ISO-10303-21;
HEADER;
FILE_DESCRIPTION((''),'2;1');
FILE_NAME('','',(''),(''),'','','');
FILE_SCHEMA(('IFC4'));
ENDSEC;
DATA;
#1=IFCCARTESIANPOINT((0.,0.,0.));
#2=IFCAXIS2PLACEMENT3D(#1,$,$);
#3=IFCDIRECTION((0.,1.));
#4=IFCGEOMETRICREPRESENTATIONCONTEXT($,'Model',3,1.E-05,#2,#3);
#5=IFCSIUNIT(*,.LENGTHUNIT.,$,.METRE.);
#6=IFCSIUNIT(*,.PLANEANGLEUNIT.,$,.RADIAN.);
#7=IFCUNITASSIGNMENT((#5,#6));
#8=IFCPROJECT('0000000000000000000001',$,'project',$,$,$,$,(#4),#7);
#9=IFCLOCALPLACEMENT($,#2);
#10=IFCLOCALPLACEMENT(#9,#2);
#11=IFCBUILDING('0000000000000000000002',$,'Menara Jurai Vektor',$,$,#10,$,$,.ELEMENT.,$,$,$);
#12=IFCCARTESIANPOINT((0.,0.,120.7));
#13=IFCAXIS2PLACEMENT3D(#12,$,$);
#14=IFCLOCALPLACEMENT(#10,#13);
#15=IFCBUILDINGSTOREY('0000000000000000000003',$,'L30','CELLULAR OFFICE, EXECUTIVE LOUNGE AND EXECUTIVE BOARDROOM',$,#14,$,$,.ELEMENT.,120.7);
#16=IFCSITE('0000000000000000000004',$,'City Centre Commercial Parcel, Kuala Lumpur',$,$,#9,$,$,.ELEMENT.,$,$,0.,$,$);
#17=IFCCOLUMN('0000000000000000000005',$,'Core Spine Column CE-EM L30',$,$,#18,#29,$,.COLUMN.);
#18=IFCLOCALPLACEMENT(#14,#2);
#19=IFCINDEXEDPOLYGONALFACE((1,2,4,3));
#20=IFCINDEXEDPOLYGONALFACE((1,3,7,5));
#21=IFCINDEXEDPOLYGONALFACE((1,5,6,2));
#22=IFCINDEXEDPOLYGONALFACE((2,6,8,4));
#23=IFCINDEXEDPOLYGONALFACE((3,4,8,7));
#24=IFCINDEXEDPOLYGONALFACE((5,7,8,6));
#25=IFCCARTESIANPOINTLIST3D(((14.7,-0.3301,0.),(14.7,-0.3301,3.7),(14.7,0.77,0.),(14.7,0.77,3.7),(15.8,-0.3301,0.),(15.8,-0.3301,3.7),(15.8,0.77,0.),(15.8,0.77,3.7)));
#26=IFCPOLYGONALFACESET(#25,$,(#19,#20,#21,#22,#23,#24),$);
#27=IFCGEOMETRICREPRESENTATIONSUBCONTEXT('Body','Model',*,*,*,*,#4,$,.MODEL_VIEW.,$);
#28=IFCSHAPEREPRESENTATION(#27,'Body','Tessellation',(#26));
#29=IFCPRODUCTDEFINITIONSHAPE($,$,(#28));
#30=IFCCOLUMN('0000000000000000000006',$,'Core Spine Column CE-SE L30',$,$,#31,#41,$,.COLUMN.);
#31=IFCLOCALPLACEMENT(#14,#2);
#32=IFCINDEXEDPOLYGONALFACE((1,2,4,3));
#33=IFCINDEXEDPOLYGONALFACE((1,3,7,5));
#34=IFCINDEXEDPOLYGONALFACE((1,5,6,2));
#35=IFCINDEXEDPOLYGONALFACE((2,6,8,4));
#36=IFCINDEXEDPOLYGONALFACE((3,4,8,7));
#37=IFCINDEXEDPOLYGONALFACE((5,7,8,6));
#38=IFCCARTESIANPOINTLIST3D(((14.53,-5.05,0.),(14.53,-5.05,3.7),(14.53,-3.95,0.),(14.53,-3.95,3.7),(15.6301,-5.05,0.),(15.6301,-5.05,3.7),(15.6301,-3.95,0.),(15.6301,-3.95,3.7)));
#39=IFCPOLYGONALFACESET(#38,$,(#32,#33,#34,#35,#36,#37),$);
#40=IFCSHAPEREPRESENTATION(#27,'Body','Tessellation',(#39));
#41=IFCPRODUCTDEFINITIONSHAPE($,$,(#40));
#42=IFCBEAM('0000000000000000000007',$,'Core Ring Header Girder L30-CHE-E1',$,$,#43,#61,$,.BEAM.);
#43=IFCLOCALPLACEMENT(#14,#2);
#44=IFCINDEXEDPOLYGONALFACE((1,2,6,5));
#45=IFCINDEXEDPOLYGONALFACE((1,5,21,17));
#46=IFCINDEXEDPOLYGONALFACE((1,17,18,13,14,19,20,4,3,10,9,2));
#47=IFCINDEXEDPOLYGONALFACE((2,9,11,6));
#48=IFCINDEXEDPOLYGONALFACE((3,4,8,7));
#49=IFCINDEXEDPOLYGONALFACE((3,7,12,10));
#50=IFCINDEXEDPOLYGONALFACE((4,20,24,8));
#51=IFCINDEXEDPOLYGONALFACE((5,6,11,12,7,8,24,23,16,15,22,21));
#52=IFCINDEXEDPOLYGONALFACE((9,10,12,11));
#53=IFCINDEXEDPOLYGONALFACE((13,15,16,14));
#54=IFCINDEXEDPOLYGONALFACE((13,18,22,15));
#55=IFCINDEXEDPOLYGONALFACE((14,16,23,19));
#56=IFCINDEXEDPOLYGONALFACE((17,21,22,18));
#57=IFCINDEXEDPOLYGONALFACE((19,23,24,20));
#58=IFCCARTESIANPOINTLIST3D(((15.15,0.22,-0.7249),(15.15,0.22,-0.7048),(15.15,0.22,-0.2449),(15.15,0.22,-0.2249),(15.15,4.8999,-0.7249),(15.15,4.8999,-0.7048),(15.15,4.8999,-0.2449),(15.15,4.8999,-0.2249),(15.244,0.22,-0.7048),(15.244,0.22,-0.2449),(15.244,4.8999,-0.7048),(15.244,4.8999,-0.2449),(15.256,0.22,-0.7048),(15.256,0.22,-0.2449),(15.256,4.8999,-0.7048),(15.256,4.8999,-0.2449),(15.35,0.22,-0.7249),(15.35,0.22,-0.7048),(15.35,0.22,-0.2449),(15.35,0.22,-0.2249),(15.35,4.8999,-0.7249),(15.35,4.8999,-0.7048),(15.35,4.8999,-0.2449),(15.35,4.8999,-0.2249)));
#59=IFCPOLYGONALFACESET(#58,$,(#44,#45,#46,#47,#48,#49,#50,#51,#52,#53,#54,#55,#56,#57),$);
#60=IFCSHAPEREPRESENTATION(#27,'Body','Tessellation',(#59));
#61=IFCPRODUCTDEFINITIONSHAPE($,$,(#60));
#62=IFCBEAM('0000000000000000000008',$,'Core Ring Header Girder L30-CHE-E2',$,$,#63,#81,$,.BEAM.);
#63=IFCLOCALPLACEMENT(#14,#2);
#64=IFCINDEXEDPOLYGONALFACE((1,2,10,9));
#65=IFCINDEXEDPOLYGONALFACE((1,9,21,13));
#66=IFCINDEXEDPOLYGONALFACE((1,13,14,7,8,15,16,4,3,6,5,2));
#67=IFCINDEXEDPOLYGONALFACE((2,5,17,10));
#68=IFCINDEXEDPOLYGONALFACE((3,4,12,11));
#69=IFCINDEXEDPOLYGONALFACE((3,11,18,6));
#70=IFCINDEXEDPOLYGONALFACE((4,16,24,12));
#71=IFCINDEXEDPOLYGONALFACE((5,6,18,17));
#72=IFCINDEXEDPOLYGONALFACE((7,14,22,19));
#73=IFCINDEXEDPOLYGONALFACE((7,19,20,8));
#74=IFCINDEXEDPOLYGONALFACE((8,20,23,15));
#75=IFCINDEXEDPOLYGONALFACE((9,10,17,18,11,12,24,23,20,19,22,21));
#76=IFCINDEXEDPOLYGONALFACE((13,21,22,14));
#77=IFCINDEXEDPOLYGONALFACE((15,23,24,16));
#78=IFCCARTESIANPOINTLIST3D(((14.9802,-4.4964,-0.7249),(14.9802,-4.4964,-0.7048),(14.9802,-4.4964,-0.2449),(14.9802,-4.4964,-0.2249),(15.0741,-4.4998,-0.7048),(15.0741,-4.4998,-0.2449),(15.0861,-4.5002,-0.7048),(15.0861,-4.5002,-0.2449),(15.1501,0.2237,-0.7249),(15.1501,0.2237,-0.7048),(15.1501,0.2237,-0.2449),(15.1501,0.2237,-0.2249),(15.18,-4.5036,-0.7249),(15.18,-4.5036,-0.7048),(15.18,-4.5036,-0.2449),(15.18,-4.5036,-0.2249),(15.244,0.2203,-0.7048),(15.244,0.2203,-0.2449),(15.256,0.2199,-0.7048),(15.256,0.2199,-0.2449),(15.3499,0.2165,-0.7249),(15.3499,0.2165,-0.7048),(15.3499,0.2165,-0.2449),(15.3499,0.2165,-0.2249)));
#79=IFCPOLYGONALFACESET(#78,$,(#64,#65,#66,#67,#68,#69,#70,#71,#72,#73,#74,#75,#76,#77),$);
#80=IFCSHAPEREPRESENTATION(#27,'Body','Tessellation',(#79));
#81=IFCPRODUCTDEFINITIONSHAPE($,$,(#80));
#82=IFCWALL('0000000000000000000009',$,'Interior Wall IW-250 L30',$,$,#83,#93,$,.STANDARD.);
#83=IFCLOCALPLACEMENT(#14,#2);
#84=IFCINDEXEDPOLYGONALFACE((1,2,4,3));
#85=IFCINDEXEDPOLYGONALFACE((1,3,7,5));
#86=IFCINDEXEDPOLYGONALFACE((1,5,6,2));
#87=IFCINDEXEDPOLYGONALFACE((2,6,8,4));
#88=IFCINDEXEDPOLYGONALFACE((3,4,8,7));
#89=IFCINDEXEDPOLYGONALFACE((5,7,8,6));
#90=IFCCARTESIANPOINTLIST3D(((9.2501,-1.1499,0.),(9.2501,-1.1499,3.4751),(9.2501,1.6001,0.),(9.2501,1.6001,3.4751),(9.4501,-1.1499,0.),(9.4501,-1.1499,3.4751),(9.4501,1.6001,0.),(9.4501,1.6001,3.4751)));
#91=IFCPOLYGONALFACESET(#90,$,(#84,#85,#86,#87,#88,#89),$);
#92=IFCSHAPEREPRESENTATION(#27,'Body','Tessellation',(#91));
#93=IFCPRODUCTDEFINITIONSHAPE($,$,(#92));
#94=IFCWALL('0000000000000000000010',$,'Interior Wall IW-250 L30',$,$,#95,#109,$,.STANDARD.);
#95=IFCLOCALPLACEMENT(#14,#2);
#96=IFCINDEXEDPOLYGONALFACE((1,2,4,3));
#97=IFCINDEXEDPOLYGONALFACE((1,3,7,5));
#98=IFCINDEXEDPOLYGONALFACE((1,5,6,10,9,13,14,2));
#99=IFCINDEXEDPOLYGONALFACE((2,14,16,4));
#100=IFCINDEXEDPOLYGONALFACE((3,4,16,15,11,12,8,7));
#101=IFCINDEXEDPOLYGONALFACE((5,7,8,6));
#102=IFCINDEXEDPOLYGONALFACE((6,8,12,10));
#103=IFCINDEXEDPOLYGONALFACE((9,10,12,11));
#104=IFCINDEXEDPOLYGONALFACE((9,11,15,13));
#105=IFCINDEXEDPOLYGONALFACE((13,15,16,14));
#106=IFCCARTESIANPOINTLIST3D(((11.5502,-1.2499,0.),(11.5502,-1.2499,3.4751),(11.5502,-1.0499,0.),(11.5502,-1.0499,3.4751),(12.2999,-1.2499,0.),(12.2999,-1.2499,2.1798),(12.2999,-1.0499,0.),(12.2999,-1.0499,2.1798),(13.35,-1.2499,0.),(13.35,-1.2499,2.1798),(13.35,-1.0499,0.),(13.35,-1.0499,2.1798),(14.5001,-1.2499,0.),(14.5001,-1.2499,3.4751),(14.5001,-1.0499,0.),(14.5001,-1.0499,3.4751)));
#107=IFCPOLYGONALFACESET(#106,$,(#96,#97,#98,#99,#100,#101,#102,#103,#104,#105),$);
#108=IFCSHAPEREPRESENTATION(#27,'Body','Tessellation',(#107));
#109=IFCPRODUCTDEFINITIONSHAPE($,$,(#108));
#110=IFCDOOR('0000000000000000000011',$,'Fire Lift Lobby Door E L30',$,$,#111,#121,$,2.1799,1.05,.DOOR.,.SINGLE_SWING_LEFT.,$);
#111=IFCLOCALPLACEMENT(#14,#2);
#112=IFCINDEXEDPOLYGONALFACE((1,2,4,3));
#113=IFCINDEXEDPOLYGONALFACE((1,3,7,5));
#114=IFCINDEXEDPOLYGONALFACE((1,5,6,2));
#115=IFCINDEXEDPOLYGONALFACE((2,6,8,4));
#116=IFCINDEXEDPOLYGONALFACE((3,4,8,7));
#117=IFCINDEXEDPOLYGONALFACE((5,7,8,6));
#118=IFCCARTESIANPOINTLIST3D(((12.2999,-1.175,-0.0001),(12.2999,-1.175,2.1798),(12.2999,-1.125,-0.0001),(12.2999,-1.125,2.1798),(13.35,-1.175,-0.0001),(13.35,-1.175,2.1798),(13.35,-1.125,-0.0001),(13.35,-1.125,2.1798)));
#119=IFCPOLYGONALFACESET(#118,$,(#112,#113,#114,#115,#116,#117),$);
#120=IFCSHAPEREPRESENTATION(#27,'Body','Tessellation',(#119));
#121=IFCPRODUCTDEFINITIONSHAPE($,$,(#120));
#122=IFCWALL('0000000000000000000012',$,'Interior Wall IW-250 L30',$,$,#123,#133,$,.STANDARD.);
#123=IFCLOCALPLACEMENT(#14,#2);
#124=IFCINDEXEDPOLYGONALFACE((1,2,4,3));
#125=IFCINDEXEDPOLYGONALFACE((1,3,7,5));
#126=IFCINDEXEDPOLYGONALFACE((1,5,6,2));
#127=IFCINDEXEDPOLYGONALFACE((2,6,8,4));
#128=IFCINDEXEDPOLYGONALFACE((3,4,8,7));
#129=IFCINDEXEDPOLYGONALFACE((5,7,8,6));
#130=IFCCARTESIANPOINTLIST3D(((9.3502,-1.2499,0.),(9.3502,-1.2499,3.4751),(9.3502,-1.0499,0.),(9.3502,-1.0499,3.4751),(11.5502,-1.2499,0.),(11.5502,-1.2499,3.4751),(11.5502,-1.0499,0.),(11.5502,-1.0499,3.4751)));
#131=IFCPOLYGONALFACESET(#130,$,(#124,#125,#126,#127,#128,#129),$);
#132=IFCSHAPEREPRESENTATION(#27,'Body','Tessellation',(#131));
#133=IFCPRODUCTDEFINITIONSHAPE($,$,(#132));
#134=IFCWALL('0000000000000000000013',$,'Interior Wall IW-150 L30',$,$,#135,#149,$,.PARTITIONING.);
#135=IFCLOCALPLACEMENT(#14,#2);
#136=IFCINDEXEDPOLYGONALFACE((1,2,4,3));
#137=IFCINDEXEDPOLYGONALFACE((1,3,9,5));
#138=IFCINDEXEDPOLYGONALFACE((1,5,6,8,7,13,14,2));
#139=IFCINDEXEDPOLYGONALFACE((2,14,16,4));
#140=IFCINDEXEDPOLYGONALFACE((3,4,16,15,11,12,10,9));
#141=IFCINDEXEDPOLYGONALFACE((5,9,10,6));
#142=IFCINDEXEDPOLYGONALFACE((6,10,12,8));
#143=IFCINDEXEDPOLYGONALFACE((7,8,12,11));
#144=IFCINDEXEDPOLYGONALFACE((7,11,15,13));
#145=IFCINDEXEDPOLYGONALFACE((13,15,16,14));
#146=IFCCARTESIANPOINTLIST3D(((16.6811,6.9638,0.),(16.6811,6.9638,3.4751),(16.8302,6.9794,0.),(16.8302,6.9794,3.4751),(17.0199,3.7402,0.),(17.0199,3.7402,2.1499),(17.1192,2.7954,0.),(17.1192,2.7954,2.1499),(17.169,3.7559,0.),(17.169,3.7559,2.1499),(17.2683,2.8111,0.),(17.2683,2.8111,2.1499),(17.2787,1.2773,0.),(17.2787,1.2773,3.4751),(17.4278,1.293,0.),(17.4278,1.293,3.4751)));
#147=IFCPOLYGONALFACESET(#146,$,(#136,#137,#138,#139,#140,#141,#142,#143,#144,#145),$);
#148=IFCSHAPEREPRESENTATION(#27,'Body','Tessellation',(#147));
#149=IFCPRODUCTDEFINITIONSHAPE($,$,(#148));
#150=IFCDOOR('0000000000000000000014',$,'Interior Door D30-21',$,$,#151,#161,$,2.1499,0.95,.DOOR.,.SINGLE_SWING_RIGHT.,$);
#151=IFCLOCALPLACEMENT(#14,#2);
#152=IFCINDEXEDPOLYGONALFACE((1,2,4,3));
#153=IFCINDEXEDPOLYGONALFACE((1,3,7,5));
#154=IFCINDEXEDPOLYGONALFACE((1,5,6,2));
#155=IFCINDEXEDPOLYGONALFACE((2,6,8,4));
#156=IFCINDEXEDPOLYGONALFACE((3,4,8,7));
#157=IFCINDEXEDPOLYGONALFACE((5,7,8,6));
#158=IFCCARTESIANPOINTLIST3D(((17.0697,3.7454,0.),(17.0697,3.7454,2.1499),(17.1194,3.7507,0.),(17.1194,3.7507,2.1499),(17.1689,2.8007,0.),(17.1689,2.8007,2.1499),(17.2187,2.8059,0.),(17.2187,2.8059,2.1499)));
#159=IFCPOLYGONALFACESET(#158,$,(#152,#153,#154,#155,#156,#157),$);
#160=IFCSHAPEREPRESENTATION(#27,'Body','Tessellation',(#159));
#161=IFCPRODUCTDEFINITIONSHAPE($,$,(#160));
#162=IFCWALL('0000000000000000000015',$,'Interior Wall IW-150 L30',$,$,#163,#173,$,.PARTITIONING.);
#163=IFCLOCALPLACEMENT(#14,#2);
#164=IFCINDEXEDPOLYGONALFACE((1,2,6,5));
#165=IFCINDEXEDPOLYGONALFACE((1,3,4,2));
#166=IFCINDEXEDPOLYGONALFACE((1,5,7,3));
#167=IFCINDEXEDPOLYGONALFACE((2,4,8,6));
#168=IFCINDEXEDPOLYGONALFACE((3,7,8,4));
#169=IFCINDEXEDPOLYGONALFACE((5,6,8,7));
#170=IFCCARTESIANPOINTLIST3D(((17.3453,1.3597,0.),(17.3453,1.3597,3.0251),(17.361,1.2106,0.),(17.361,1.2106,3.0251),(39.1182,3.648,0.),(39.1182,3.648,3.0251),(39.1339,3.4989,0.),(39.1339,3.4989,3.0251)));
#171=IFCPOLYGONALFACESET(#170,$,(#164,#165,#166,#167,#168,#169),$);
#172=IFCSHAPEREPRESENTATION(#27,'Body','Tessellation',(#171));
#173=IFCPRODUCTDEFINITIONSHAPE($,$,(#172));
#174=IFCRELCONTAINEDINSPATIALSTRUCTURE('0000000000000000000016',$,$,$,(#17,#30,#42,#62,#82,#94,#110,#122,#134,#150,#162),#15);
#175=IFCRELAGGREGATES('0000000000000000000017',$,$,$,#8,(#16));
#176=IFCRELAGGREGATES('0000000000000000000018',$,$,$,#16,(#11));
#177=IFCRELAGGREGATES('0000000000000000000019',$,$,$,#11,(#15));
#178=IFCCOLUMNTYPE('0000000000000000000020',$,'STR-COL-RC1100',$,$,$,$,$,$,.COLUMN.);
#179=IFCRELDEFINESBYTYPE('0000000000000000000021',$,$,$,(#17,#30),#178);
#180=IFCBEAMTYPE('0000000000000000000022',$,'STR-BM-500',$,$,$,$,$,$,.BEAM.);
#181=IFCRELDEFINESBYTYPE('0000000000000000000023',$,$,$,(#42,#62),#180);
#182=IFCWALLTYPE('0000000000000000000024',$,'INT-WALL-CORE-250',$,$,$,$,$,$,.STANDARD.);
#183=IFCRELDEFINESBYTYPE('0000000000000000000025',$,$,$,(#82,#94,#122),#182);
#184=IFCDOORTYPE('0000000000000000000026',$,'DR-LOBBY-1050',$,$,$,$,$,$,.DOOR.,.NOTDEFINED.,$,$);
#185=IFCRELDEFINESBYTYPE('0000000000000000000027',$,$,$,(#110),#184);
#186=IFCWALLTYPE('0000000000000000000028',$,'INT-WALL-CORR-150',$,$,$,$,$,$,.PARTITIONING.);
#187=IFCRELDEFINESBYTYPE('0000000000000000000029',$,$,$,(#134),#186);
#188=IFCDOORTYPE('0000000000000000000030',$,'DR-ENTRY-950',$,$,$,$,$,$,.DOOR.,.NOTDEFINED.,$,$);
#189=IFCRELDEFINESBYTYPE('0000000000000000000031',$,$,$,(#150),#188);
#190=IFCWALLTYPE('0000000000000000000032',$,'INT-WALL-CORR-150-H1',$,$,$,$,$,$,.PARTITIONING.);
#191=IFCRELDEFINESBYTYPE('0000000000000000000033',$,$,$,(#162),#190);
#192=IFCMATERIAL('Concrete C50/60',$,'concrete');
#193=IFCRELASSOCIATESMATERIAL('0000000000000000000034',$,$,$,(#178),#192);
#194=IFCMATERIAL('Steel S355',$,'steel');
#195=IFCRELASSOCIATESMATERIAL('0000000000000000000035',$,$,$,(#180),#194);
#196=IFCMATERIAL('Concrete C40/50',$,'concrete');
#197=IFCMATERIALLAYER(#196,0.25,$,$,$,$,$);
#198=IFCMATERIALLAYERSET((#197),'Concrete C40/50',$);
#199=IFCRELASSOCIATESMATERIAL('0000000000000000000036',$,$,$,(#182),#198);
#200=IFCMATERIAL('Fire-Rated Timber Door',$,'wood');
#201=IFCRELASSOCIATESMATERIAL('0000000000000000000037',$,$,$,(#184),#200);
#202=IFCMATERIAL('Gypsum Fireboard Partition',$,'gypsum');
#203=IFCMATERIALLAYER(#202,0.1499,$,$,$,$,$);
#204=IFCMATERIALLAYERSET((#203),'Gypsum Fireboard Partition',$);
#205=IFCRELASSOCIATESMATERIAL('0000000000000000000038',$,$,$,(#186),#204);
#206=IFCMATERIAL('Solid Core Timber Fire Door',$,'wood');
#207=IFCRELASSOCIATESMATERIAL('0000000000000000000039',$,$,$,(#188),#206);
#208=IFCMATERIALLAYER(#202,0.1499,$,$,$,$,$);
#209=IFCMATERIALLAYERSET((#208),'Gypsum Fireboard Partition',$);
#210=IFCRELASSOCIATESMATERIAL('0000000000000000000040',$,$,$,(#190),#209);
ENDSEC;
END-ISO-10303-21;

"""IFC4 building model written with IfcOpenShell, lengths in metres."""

from ifc_helpers import new_model, si_unit, direction, frame, frame_2d, origin, origin_2d, place, context, subcontext, project, spatial, rectangle, i_section, extrude, material, layer, layer_set, material_profile, profile_set, type_object, element, fill, save


model = new_model("IFC4")

# Units and contexts
model_context = context("Model", 3, precision=1e-05, world=origin(), true_north=direction((0.0, 1.0)))
body_context = subcontext(model_context, "Body", "Model", "MODEL_VIEW")
ifc_project = project(units=[si_unit("LENGTHUNIT", "METRE"), si_unit("PLANEANGLEUNIT", "RADIAN")], contexts=[model_context])

# Site, building, storey
site_placement = place(None, origin())
site = spatial("IfcSite", under=ifc_project, at=site_placement, Name="City Centre Commercial Parcel, Kuala Lumpur", CompositionType="ELEMENT", RefElevation=0.0)
building_placement = place(site_placement, origin())
building = spatial("IfcBuilding", under=site, at=building_placement, Name="Menara Jurai Vektor", CompositionType="ELEMENT")
storey_placement = place(building_placement, frame((0.0, 0.0, 120.7)))
storey = spatial("IfcBuildingStorey", under=building, at=storey_placement, Name="L30", Description="CELLULAR OFFICE, EXECUTIVE LOUNGE AND EXECUTIVE BOARDROOM", CompositionType="ELEMENT", Elevation=120.7)

# Columns
ifc_material_1 = material(Name="Concrete C50/60", Category="concrete")
ifc_material_profile_1 = material_profile(ifc_material_1, rectangle(XDim=1.1001, YDim=1.1001, at=origin_2d()), Name="RC 1100x1100")
ifc_profile_set_1 = profile_set([ifc_material_profile_1], Name="Concrete C50/60")
column_type = type_object("IfcColumnType", Name="STR-COL-RC1100", PredefinedType="COLUMN", material=ifc_profile_set_1)
for number, where, z_axis, x_axis, name in (
    (1, (15.25, 0.22, 0.0), (0.0, 0.0, 1.0), (1.0, 0.0, 0.0), "Core Spine Column CE-EM L30"),
    (2, (15.0801, -4.5, 0.0), (0.0, 0.0, 1.0), (1.0, 0.0, 0.0), "Core Spine Column CE-SE L30"),
):
    element("IfcColumn", number, at=place(storey_placement, frame(where, z_axis=z_axis, x_axis=x_axis)), inside=storey, type_object=column_type, Name=name, PredefinedType="COLUMN", context=body_context, shape_type="SweptSolid", body=[
        extrude(rectangle(XDim=1.1001, YDim=1.1001, at=origin_2d()), origin(), (0.0, 0.0, 1.0), 3.7),
    ])

# Beams
ifc_material_2 = material(Name="Steel S355", Category="steel")
ifc_material_profile_2 = material_profile(ifc_material_2, i_section(OverallWidth=0.2, OverallDepth=0.5, WebThickness=0.012, FlangeThickness=0.02, at=origin_2d()), Name="PG 500x200x96")
ifc_profile_set_2 = profile_set([ifc_material_profile_2], Name="Steel S355")
beam_type = type_object("IfcBeamType", Name="STR-BM-500", PredefinedType="BEAM", material=ifc_profile_set_2)
beam_1_placement = place(storey_placement, frame((15.25, 0.22, -0.4749), z_axis=(0.0, 1.0, 0.0), x_axis=(-1.0, 0.0, 0.0)))
element("IfcBeam", 3, at=beam_1_placement, inside=storey, type_object=beam_type, Name="Core Ring Header Girder L30-CHE-E1", PredefinedType="BEAM", context=body_context, shape_type="SweptSolid", body=[
    extrude(i_section(OverallWidth=0.2, OverallDepth=0.5, WebThickness=0.012, FlangeThickness=0.02, at=origin_2d()), origin(), (0.0, 0.0, 1.0), 4.6799),
])
beam_2_placement = place(storey_placement, frame((15.0801, -4.5, -0.4749), z_axis=(0.035977, 0.999353, 0.0), x_axis=(-0.999353, 0.035977, 0.0)))
element("IfcBeam", 4, at=beam_2_placement, inside=storey, type_object=beam_type, Name="Core Ring Header Girder L30-CHE-E2", PredefinedType="BEAM", context=body_context, shape_type="SweptSolid", body=[
    extrude(i_section(OverallWidth=0.2, OverallDepth=0.5, WebThickness=0.012, FlangeThickness=0.02, at=origin_2d()), origin(), (0.0, 0.0, 1.0), 4.7231),
])

# Shared definitions
ifc_material_3 = material(Name="Concrete C40/50", Category="concrete")
ifc_layer_1 = layer(ifc_material_3, 0.25)
ifc_layer_set_1 = layer_set([ifc_layer_1], Name="Concrete C40/50")
wall_type_1 = type_object("IfcWallType", Name="INT-WALL-CORE-250", PredefinedType="STANDARD", material=ifc_layer_set_1)

# Wall
wall_1_placement = place(storey_placement, frame((9.3501, -1.1499, 0.0), z_axis=(0.0, 0.0, 1.0), x_axis=(0.0, 1.0, 0.0)))
element("IfcWall", 5, at=wall_1_placement, inside=storey, type_object=wall_type_1, Name="Interior Wall IW-250 L30", PredefinedType="STANDARD", context=body_context, shape_type="SweptSolid", body=[
    extrude(rectangle(XDim=2.75, YDim=0.2, at=frame_2d((1.375, 0.0))), origin(), (0.0, 0.0, 1.0), 3.4751),
])

# Wall, opening, door
wall_2_placement = place(storey_placement, frame((11.55, -1.1499, 0.0), z_axis=(0.0, 0.0, 1.0), x_axis=(1.0, 0.0, 0.0)))
wall_2 = element("IfcWall", 6, at=wall_2_placement, inside=storey, type_object=wall_type_1, Name="Interior Wall IW-250 L30", PredefinedType="STANDARD", context=body_context, shape_type="SweptSolid", body=[
    extrude(rectangle(XDim=2.95, YDim=0.2, at=frame_2d((1.4751, 0.0))), origin(), (0.0, 0.0, 1.0), 3.4751),
])
opening_1_placement = place(wall_2_placement, frame((0.75, 0.0, 0.0)))
opening_1 = element("IfcOpeningElement", 7, at=opening_1_placement, cuts=wall_2, PredefinedType="OPENING", context=body_context, shape_type="SweptSolid", body=[
    extrude(rectangle(XDim=1.05, YDim=2.1799, at=frame_2d((0.5249, 1.0898))), frame((0.0, 0.1099, 0.0), z_axis=(0.0, -1.0, 0.0), x_axis=(1.0, 0.0, 0.0)), (0.0, 0.0, 1.0), 0.22),
])
ifc_material_4 = material(Name="Fire-Rated Timber Door", Category="wood")
door_type_1 = type_object("IfcDoorType", Name="DR-LOBBY-1050", OperationType="NOTDEFINED", PredefinedType="DOOR", material=ifc_material_4)
door_1_placement = place(opening_1_placement, origin())
door_1 = element("IfcDoor", 8, at=door_1_placement, inside=storey, type_object=door_type_1, Name="Fire Lift Lobby Door E L30", OperationType="SINGLE_SWING_LEFT", OverallHeight=2.1799, OverallWidth=1.05, PredefinedType="DOOR", context=body_context, shape_type="SweptSolid", body=[
    extrude(rectangle(XDim=1.05, YDim=2.1799, at=frame_2d((0.5249, 1.0898))), frame((0.0, 0.0249, 0.0), z_axis=(0.0, -1.0, 0.0), x_axis=(1.0, 0.0, 0.0)), (0.0, 0.0, 1.0), 0.05),
])
fill(opening_1, door_1)

# Wall
wall_3_placement = place(storey_placement, frame((9.3501, -1.1499, 0.0), z_axis=(0.0, 0.0, 1.0), x_axis=(1.0, 0.0, 0.0)))
element("IfcWall", 9, at=wall_3_placement, inside=storey, type_object=wall_type_1, Name="Interior Wall IW-250 L30", PredefinedType="STANDARD", context=body_context, shape_type="SweptSolid", body=[
    extrude(rectangle(XDim=2.2, YDim=0.2, at=frame_2d((1.1001, 0.0))), origin(), (0.0, 0.0, 1.0), 3.4751),
])

# Wall, opening, door
ifc_material_5 = material(Name="Gypsum Fireboard Partition", Category="gypsum")
ifc_layer_2 = layer(ifc_material_5, 0.1499)
ifc_layer_set_2 = layer_set([ifc_layer_2], Name="Gypsum Fireboard Partition")
wall_type_2 = type_object("IfcWallType", Name="INT-WALL-CORR-150", PredefinedType="PARTITIONING", material=ifc_layer_set_2)
wall_4_placement = place(storey_placement, frame((17.3533, 1.2852, 0.0), z_axis=(0.0, 0.0, 1.0), x_axis=(-0.104525, 0.994522, 0.0)))
wall_4 = element("IfcWall", 10, at=wall_4_placement, inside=storey, type_object=wall_type_2, Name="Interior Wall IW-150 L30", PredefinedType="PARTITIONING", context=body_context, shape_type="SweptSolid", body=[
    extrude(rectangle(XDim=5.7178, YDim=0.1499, at=frame_2d((2.8589, 0.0))), origin(), (0.0, 0.0, 1.0), 3.4751),
])
opening_2_placement = place(wall_4_placement, frame((1.5264, 0.0, 0.0)))
opening_2 = element("IfcOpeningElement", 11, at=opening_2_placement, cuts=wall_4, PredefinedType="OPENING", context=body_context, shape_type="SweptSolid", body=[
    extrude(rectangle(XDim=0.95, YDim=2.1499, at=frame_2d((0.4751, 1.075))), frame((0.0, 0.085, 0.0), z_axis=(0.0, -1.0, 0.0), x_axis=(1.0, 0.0, 0.0)), (0.0, 0.0, 1.0), 0.1699),
])
ifc_material_6 = material(Name="Solid Core Timber Fire Door", Category="wood")
door_type_2 = type_object("IfcDoorType", Name="DR-ENTRY-950", OperationType="NOTDEFINED", PredefinedType="DOOR", material=ifc_material_6)
door_2_placement = place(opening_2_placement, origin())
door_2 = element("IfcDoor", 12, at=door_2_placement, inside=storey, type_object=door_type_2, Name="Interior Door D30-21", OperationType="SINGLE_SWING_RIGHT", OverallHeight=2.1499, OverallWidth=0.95, PredefinedType="DOOR", context=body_context, shape_type="SweptSolid", body=[
    extrude(rectangle(XDim=0.95, YDim=2.1499, at=frame_2d((0.4751, 1.075))), frame((0.0, 0.0249, 0.0), z_axis=(0.0, -1.0, 0.0), x_axis=(1.0, 0.0, 0.0)), (0.0, 0.0, 1.0), 0.05),
])
fill(opening_2, door_2)

# Wall
ifc_layer_3 = layer(ifc_material_5, 0.1499)
ifc_layer_set_3 = layer_set([ifc_layer_3], Name="Gypsum Fireboard Partition")
wall_type_3 = type_object("IfcWallType", Name="INT-WALL-CORR-150-H1", PredefinedType="PARTITIONING", material=ifc_layer_set_3)
wall_5_placement = place(storey_placement, frame((17.3533, 1.2852, 0.0), z_axis=(0.0, 0.0, 1.0), x_axis=(0.994522, 0.104524, 0.0)))
element("IfcWall", 13, at=wall_5_placement, inside=storey, type_object=wall_type_3, Name="Interior Wall IW-150 L30", PredefinedType="PARTITIONING", context=body_context, shape_type="SweptSolid", body=[
    extrude(rectangle(XDim=21.8928, YDim=0.1499, at=frame_2d((10.9463, 0.0))), origin(), (0.0, 0.0, 1.0), 3.0251),
])

save(model, "model.ifc")
